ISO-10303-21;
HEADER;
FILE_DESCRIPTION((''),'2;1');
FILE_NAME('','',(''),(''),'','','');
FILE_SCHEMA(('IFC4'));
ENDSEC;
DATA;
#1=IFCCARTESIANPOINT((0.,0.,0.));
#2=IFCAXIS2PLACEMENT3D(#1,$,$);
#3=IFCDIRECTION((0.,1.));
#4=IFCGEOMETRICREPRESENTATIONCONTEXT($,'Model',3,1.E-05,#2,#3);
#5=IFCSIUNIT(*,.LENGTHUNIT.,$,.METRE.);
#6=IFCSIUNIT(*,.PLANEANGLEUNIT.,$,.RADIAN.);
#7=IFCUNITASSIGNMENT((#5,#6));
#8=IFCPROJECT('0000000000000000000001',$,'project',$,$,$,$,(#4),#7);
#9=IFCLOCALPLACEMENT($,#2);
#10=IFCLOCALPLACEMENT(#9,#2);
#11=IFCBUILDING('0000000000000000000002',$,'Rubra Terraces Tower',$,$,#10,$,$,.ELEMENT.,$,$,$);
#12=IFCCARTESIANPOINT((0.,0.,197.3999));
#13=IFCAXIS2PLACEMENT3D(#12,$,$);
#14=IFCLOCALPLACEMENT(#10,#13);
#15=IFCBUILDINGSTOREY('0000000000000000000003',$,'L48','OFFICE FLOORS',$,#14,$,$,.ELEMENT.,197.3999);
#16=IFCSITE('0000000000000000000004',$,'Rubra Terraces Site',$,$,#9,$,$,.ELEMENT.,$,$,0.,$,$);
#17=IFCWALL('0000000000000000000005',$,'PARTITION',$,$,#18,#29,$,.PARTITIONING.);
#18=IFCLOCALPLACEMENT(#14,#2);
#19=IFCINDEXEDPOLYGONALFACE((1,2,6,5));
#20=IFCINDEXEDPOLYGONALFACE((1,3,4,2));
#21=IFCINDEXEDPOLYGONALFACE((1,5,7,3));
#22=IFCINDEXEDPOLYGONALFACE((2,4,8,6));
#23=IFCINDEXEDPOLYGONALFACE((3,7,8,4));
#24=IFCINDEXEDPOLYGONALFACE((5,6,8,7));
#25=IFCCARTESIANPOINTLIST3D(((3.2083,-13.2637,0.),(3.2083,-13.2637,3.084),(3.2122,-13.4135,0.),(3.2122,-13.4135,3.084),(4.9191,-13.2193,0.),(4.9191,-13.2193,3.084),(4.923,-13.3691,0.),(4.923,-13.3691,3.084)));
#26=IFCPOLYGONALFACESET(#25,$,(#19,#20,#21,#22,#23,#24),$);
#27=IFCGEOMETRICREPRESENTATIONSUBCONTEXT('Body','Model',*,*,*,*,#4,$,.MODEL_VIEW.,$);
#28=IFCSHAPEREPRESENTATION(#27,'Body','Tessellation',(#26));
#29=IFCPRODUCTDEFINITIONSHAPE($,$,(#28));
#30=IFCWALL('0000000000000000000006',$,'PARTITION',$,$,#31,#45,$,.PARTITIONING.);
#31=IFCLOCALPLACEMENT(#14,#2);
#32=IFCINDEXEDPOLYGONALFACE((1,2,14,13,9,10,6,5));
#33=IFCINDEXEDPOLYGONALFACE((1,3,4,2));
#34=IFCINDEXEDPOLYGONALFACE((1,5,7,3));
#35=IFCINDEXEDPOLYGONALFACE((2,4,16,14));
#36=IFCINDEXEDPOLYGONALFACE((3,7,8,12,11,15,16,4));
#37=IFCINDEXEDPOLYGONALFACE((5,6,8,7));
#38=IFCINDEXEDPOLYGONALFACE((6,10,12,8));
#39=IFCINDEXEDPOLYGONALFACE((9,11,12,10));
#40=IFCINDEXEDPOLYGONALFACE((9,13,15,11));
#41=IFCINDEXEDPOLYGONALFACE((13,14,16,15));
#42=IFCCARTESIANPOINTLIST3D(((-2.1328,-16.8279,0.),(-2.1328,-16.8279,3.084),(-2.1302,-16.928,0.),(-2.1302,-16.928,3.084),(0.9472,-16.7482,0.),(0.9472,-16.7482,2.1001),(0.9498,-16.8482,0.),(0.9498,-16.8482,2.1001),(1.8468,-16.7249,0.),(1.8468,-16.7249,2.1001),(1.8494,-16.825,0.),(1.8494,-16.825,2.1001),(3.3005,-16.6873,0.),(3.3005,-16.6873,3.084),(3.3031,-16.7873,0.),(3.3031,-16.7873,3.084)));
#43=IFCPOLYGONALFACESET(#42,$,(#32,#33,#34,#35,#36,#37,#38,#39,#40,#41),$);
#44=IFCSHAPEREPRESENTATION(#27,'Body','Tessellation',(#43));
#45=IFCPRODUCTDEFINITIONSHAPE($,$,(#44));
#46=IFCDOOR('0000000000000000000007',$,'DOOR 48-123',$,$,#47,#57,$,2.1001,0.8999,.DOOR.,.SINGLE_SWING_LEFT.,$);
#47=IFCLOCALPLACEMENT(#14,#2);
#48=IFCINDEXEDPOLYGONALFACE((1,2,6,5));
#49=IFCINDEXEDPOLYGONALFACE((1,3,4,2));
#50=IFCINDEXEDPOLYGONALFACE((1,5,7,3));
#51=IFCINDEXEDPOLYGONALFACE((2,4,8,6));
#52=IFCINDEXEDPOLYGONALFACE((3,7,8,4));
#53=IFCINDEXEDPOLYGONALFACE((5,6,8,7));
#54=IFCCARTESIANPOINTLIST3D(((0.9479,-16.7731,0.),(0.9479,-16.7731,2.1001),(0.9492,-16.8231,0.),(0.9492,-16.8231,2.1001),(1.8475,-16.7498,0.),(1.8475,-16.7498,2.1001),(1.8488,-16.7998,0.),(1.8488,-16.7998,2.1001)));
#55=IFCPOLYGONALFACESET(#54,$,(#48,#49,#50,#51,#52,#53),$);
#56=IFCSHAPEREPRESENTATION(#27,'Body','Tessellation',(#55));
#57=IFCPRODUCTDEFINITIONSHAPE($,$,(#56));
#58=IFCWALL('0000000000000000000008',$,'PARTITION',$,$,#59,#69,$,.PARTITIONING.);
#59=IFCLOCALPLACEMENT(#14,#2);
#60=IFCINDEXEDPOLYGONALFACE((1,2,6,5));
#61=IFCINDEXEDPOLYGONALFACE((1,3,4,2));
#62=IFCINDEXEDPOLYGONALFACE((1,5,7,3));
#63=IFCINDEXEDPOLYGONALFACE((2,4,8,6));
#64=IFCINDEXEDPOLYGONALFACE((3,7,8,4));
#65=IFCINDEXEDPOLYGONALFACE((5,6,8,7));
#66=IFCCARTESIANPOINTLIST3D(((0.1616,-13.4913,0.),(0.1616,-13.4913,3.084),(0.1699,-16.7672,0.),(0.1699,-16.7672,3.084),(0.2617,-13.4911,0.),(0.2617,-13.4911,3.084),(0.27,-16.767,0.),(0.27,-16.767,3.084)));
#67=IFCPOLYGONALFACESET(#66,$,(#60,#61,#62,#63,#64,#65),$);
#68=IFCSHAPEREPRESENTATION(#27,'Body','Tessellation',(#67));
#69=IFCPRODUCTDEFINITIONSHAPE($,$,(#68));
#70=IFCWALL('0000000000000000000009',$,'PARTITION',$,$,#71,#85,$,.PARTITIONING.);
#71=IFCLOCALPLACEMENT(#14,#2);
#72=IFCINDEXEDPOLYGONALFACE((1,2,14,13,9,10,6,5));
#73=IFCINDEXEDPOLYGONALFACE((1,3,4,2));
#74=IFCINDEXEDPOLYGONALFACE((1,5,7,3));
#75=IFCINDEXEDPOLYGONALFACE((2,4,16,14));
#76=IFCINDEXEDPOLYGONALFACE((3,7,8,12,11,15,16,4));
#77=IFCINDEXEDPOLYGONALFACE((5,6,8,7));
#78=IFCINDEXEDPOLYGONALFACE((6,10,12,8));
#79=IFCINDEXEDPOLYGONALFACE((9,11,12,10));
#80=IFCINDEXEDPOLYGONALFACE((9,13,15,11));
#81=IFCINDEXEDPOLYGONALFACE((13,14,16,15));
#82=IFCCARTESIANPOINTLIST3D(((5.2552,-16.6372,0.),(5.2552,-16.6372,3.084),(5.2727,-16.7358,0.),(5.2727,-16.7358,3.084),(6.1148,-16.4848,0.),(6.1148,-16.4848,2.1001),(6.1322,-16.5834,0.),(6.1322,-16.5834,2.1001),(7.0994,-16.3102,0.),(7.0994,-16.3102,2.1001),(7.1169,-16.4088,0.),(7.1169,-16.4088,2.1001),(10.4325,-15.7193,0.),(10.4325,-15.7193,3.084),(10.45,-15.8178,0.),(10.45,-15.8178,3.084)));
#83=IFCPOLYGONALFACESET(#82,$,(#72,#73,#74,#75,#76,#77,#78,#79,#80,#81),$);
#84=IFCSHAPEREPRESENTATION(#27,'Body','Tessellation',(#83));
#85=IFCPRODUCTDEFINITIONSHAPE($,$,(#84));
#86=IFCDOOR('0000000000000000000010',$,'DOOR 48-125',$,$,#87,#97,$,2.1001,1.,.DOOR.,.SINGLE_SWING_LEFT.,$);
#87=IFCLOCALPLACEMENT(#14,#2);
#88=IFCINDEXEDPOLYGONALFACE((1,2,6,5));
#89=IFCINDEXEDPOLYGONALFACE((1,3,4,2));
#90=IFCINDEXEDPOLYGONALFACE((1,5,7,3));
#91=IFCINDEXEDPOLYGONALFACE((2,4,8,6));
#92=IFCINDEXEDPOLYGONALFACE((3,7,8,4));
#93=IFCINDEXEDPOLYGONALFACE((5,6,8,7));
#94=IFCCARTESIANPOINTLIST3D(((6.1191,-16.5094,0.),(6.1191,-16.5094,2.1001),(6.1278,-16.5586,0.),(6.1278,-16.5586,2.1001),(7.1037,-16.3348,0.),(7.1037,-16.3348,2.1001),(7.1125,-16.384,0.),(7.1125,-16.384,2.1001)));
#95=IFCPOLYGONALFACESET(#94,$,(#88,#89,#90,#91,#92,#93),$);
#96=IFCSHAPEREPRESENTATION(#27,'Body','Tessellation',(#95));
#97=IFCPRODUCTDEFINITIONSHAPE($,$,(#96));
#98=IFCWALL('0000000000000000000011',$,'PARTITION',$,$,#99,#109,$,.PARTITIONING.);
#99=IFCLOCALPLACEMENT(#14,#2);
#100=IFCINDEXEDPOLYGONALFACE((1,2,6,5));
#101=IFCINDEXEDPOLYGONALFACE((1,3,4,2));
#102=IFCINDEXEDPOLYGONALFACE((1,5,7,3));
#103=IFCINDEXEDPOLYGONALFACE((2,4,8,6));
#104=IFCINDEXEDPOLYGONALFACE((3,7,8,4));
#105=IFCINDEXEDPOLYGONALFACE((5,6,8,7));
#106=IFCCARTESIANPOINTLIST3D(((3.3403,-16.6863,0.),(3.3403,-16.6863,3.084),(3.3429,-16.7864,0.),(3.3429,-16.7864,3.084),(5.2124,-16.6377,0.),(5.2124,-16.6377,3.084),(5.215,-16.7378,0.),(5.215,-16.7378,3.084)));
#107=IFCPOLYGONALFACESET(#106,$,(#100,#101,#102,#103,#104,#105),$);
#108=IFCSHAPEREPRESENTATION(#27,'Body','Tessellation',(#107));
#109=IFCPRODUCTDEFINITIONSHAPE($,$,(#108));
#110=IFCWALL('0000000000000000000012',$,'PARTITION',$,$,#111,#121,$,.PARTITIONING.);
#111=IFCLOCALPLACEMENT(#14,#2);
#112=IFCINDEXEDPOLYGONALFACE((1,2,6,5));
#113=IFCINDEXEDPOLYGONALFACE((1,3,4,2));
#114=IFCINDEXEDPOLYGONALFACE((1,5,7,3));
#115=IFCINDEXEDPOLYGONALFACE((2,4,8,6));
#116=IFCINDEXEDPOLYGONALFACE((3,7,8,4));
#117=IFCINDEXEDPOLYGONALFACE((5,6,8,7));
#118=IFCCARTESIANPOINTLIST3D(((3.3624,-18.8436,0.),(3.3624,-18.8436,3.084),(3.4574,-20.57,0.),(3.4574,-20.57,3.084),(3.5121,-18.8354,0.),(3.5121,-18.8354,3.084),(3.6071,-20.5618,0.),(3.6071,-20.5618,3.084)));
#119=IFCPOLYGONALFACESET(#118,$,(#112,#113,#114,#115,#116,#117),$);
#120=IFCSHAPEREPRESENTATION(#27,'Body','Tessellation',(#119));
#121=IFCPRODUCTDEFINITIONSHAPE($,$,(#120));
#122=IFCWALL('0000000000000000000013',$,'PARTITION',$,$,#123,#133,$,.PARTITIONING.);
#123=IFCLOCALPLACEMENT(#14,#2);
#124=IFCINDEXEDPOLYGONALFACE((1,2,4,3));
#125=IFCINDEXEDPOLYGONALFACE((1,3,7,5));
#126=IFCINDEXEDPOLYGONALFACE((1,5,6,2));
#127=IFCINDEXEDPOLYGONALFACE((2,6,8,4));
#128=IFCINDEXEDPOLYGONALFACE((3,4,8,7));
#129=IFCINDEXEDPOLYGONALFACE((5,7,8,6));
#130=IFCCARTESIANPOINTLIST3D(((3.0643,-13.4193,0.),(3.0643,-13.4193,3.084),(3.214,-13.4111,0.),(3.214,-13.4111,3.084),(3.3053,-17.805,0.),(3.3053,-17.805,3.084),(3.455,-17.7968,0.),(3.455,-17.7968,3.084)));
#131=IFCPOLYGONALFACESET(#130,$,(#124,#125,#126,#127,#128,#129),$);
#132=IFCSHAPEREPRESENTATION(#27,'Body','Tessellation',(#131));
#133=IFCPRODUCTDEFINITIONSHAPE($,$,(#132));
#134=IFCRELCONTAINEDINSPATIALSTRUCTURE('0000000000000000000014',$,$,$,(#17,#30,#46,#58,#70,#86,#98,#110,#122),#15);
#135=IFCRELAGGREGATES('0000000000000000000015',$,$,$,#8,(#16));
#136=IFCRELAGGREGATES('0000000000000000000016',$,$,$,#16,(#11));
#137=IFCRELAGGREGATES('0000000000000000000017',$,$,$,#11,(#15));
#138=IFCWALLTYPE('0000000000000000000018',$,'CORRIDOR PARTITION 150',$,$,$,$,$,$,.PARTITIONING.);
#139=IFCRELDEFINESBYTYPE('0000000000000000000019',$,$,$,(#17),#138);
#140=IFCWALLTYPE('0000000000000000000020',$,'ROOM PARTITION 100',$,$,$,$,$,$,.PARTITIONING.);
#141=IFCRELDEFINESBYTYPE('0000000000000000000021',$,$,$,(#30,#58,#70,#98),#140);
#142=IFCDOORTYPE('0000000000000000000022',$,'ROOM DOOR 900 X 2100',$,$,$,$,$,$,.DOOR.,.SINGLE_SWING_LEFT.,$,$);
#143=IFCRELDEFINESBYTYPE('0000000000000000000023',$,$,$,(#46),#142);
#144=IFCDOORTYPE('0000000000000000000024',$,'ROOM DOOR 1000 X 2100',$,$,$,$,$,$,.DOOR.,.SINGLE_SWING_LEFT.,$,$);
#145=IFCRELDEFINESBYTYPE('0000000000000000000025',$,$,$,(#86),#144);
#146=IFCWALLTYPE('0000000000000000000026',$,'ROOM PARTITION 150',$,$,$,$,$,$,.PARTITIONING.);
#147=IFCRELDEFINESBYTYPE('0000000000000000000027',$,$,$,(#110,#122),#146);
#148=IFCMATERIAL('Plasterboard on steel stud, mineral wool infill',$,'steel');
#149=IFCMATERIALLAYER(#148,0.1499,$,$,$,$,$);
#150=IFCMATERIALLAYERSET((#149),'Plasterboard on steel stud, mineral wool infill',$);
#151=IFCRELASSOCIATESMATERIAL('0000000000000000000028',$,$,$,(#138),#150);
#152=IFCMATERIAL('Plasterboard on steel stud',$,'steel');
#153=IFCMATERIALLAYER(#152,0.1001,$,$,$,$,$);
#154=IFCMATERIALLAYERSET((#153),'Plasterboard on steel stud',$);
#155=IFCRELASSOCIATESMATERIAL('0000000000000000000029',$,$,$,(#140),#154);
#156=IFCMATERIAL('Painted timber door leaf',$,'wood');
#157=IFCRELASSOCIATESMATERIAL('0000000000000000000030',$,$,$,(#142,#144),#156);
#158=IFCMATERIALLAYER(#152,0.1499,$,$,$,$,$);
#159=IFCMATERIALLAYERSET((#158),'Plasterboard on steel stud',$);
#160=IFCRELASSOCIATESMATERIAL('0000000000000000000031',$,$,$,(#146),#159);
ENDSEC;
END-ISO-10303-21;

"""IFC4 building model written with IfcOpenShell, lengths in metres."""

from ifc_helpers import new_model, si_unit, direction, frame, frame_2d, origin, place, context, subcontext, project, spatial, rectangle, extrude, material, layer, layer_set, type_object, element, fill, save


model = new_model("IFC4")

# Units and contexts
model_context = context("Model", 3, precision=1e-05, world=origin(), true_north=direction((0.0, 1.0)))
body_context = subcontext(model_context, "Body", "Model", "MODEL_VIEW")
ifc_project = project(units=[si_unit("LENGTHUNIT", "METRE"), si_unit("PLANEANGLEUNIT", "RADIAN")], contexts=[model_context])

# Site, building, storey
site_placement = place(None, origin())
site = spatial("IfcSite", under=ifc_project, at=site_placement, Name="Rubra Terraces Site", CompositionType="ELEMENT", RefElevation=0.0)
building_placement = place(site_placement, origin())
building = spatial("IfcBuilding", under=site, at=building_placement, Name="Rubra Terraces Tower", CompositionType="ELEMENT")
storey_placement = place(building_placement, frame((0.0, 0.0, 197.3999)))
storey = spatial("IfcBuildingStorey", under=building, at=storey_placement, Name="L48", Description="OFFICE FLOORS", CompositionType="ELEMENT", Elevation=197.3999)

# Wall
ifc_material_1 = material(Name="Plasterboard on steel stud, mineral wool infill", Category="steel")
ifc_layer_1 = layer(ifc_material_1, 0.1499)
ifc_layer_set_1 = layer_set([ifc_layer_1], Name="Plasterboard on steel stud, mineral wool infill")
wall_type_1 = type_object("IfcWallType", Name="CORRIDOR PARTITION 150", PredefinedType="PARTITIONING", material=ifc_layer_set_1)
wall_1_placement = place(storey_placement, frame((3.2102, -13.3386, 0.0), z_axis=(0.0, 0.0, 1.0), x_axis=(0.999663, 0.025962, 0.0)))
element("IfcWall", 1, at=wall_1_placement, inside=storey, type_object=wall_type_1, Name="PARTITION", PredefinedType="PARTITIONING", context=body_context, shape_type="SweptSolid", body=[
    extrude(rectangle(XDim=1.7114, YDim=0.1499, at=frame_2d((0.8557, 0.0))), origin(), (0.0, 0.0, 1.0), 3.084),
])

# Wall, opening, door
ifc_material_2 = material(Name="Plasterboard on steel stud", Category="steel")
ifc_layer_2 = layer(ifc_material_2, 0.1001)
ifc_layer_set_2 = layer_set([ifc_layer_2], Name="Plasterboard on steel stud")
wall_type_2 = type_object("IfcWallType", Name="ROOM PARTITION 100", PredefinedType="PARTITIONING", material=ifc_layer_set_2)
wall_2_placement = place(storey_placement, frame((3.3018, -16.7373, 0.0), z_axis=(0.0, 0.0, 1.0), x_axis=(-0.999665, -0.025873, 0.0)))
wall_2 = element("IfcWall", 2, at=wall_2_placement, inside=storey, type_object=wall_type_2, Name="PARTITION", PredefinedType="PARTITIONING", context=body_context, shape_type="SweptSolid", body=[
    extrude(rectangle(XDim=5.4351, YDim=0.1001, at=frame_2d((2.7175, 0.0))), origin(), (0.0, 0.0, 1.0), 3.084),
])
opening_1_placement = place(wall_2_placement, frame((1.4541, 0.0, 0.0)))
opening_1 = element("IfcOpeningElement", 3, at=opening_1_placement, cuts=wall_2, PredefinedType="OPENING", context=body_context, shape_type="SweptSolid", body=[
    extrude(rectangle(XDim=0.8999, YDim=2.1001, at=frame_2d((0.45, 1.05))), frame((0.0, 0.0601, 0.0), z_axis=(0.0, -1.0, 0.0), x_axis=(1.0, 0.0, 0.0)), (0.0, 0.0, 1.0), 0.1201),
])
ifc_material_3 = material(Name="Painted timber door leaf", Category="wood")
door_type_1 = type_object("IfcDoorType", Name="ROOM DOOR 900 X 2100", OperationType="SINGLE_SWING_LEFT", PredefinedType="DOOR", material=ifc_material_3)
door_1_placement = place(opening_1_placement, origin())
door_1 = element("IfcDoor", 4, at=door_1_placement, inside=storey, type_object=door_type_1, Name="DOOR 48-123", OperationType="SINGLE_SWING_LEFT", OverallHeight=2.1001, OverallWidth=0.8999, PredefinedType="DOOR", context=body_context, shape_type="SweptSolid", body=[
    extrude(rectangle(XDim=0.8999, YDim=2.1001, at=frame_2d((0.45, 1.05))), frame((0.0, 0.0249, 0.0), z_axis=(0.0, -1.0, 0.0), x_axis=(1.0, 0.0, 0.0)), (0.0, 0.0, 1.0), 0.05),
])
fill(opening_1, door_1)

# Wall
wall_3_placement = place(storey_placement, frame((0.2117, -13.4912, 0.0), z_axis=(0.0, 0.0, 1.0), x_axis=(0.002534, -0.999997, 0.0)))
element("IfcWall", 5, at=wall_3_placement, inside=storey, type_object=wall_type_2, Name="PARTITION", PredefinedType="PARTITIONING", context=body_context, shape_type="SweptSolid", body=[
    extrude(rectangle(XDim=3.2759, YDim=0.1001, at=frame_2d((1.6379, 0.0))), origin(), (0.0, 0.0, 1.0), 3.084),
])

# Wall, opening, door
wall_4_placement = place(storey_placement, frame((10.4412, -15.7686, 0.0), z_axis=(0.0, 0.0, 1.0), x_axis=(-0.984642, -0.174585, 0.0)))
wall_4 = element("IfcWall", 6, at=wall_4_placement, inside=storey, type_object=wall_type_2, Name="PARTITION", PredefinedType="PARTITIONING", context=body_context, shape_type="SweptSolid", body=[
    extrude(rectangle(XDim=5.2581, YDim=0.1001, at=frame_2d((2.6289, 0.0))), origin(), (0.0, 0.0, 1.0), 3.084),
])
opening_2_placement = place(wall_4_placement, frame((3.385, 0.0, 0.0)))
opening_2 = element("IfcOpeningElement", 7, at=opening_2_placement, cuts=wall_4, PredefinedType="OPENING", context=body_context, shape_type="SweptSolid", body=[
    extrude(rectangle(XDim=1.0, YDim=2.1001, at=frame_2d((0.5, 1.05))), frame((0.0, 0.0601, 0.0), z_axis=(0.0, -1.0, 0.0), x_axis=(1.0, 0.0, 0.0)), (0.0, 0.0, 1.0), 0.1201),
])
door_type_2 = type_object("IfcDoorType", Name="ROOM DOOR 1000 X 2100", OperationType="SINGLE_SWING_LEFT", PredefinedType="DOOR", material=ifc_material_3)
door_2_placement = place(opening_2_placement, origin())
door_2 = element("IfcDoor", 8, at=door_2_placement, inside=storey, type_object=door_type_2, Name="DOOR 48-125", OperationType="SINGLE_SWING_LEFT", OverallHeight=2.1001, OverallWidth=1.0, PredefinedType="DOOR", context=body_context, shape_type="SweptSolid", body=[
    extrude(rectangle(XDim=1.0, YDim=2.1001, at=frame_2d((0.5, 1.05))), frame((0.0, 0.0249, 0.0), z_axis=(0.0, -1.0, 0.0), x_axis=(1.0, 0.0, 0.0)), (0.0, 0.0, 1.0), 0.05),
])
fill(opening_2, door_2)

# Walls
wall_5_placement = place(storey_placement, frame((5.2139, -16.6877, 0.0), z_axis=(0.0, 0.0, 1.0), x_axis=(-0.999663, -0.025943, 0.0)))
element("IfcWall", 9, at=wall_5_placement, inside=storey, type_object=wall_type_2, Name="PARTITION", PredefinedType="PARTITIONING", context=body_context, shape_type="SweptSolid", body=[
    extrude(rectangle(XDim=1.8728, YDim=0.1001, at=frame_2d((0.9365, 0.0))), origin(), (0.0, 0.0, 1.0), 3.084),
])
ifc_layer_3 = layer(ifc_material_2, 0.1499)
ifc_layer_set_3 = layer_set([ifc_layer_3], Name="Plasterboard on steel stud")
wall_type_3 = type_object("IfcWallType", Name="ROOM PARTITION 150", PredefinedType="PARTITIONING", material=ifc_layer_set_3)
wall_6_placement = place(storey_placement, frame((3.5322, -20.5659, 0.0), z_axis=(0.0, 0.0, 1.0), x_axis=(-0.05493, 0.99849, 0.0)))
element("IfcWall", 10, at=wall_6_placement, inside=storey, type_object=wall_type_3, Name="PARTITION", PredefinedType="PARTITIONING", context=body_context, shape_type="SweptSolid", body=[
    extrude(rectangle(XDim=1.729, YDim=0.1499, at=frame_2d((0.8645, 0.0))), origin(), (0.0, 0.0, 1.0), 3.084),
])
wall_7_placement = place(storey_placement, frame((3.3801, -17.801, 0.0), z_axis=(0.0, 0.0, 1.0), x_axis=(-0.05486, 0.998494, 0.0)))
element("IfcWall", 11, at=wall_7_placement, inside=storey, type_object=wall_type_3, Name="PARTITION", PredefinedType="PARTITIONING", context=body_context, shape_type="SweptSolid", body=[
    extrude(rectangle(XDim=4.3923, YDim=0.1499, at=frame_2d((2.1963, 0.0))), origin(), (0.0, 0.0, 1.0), 3.084),
])

save(model, "model.ifc")
